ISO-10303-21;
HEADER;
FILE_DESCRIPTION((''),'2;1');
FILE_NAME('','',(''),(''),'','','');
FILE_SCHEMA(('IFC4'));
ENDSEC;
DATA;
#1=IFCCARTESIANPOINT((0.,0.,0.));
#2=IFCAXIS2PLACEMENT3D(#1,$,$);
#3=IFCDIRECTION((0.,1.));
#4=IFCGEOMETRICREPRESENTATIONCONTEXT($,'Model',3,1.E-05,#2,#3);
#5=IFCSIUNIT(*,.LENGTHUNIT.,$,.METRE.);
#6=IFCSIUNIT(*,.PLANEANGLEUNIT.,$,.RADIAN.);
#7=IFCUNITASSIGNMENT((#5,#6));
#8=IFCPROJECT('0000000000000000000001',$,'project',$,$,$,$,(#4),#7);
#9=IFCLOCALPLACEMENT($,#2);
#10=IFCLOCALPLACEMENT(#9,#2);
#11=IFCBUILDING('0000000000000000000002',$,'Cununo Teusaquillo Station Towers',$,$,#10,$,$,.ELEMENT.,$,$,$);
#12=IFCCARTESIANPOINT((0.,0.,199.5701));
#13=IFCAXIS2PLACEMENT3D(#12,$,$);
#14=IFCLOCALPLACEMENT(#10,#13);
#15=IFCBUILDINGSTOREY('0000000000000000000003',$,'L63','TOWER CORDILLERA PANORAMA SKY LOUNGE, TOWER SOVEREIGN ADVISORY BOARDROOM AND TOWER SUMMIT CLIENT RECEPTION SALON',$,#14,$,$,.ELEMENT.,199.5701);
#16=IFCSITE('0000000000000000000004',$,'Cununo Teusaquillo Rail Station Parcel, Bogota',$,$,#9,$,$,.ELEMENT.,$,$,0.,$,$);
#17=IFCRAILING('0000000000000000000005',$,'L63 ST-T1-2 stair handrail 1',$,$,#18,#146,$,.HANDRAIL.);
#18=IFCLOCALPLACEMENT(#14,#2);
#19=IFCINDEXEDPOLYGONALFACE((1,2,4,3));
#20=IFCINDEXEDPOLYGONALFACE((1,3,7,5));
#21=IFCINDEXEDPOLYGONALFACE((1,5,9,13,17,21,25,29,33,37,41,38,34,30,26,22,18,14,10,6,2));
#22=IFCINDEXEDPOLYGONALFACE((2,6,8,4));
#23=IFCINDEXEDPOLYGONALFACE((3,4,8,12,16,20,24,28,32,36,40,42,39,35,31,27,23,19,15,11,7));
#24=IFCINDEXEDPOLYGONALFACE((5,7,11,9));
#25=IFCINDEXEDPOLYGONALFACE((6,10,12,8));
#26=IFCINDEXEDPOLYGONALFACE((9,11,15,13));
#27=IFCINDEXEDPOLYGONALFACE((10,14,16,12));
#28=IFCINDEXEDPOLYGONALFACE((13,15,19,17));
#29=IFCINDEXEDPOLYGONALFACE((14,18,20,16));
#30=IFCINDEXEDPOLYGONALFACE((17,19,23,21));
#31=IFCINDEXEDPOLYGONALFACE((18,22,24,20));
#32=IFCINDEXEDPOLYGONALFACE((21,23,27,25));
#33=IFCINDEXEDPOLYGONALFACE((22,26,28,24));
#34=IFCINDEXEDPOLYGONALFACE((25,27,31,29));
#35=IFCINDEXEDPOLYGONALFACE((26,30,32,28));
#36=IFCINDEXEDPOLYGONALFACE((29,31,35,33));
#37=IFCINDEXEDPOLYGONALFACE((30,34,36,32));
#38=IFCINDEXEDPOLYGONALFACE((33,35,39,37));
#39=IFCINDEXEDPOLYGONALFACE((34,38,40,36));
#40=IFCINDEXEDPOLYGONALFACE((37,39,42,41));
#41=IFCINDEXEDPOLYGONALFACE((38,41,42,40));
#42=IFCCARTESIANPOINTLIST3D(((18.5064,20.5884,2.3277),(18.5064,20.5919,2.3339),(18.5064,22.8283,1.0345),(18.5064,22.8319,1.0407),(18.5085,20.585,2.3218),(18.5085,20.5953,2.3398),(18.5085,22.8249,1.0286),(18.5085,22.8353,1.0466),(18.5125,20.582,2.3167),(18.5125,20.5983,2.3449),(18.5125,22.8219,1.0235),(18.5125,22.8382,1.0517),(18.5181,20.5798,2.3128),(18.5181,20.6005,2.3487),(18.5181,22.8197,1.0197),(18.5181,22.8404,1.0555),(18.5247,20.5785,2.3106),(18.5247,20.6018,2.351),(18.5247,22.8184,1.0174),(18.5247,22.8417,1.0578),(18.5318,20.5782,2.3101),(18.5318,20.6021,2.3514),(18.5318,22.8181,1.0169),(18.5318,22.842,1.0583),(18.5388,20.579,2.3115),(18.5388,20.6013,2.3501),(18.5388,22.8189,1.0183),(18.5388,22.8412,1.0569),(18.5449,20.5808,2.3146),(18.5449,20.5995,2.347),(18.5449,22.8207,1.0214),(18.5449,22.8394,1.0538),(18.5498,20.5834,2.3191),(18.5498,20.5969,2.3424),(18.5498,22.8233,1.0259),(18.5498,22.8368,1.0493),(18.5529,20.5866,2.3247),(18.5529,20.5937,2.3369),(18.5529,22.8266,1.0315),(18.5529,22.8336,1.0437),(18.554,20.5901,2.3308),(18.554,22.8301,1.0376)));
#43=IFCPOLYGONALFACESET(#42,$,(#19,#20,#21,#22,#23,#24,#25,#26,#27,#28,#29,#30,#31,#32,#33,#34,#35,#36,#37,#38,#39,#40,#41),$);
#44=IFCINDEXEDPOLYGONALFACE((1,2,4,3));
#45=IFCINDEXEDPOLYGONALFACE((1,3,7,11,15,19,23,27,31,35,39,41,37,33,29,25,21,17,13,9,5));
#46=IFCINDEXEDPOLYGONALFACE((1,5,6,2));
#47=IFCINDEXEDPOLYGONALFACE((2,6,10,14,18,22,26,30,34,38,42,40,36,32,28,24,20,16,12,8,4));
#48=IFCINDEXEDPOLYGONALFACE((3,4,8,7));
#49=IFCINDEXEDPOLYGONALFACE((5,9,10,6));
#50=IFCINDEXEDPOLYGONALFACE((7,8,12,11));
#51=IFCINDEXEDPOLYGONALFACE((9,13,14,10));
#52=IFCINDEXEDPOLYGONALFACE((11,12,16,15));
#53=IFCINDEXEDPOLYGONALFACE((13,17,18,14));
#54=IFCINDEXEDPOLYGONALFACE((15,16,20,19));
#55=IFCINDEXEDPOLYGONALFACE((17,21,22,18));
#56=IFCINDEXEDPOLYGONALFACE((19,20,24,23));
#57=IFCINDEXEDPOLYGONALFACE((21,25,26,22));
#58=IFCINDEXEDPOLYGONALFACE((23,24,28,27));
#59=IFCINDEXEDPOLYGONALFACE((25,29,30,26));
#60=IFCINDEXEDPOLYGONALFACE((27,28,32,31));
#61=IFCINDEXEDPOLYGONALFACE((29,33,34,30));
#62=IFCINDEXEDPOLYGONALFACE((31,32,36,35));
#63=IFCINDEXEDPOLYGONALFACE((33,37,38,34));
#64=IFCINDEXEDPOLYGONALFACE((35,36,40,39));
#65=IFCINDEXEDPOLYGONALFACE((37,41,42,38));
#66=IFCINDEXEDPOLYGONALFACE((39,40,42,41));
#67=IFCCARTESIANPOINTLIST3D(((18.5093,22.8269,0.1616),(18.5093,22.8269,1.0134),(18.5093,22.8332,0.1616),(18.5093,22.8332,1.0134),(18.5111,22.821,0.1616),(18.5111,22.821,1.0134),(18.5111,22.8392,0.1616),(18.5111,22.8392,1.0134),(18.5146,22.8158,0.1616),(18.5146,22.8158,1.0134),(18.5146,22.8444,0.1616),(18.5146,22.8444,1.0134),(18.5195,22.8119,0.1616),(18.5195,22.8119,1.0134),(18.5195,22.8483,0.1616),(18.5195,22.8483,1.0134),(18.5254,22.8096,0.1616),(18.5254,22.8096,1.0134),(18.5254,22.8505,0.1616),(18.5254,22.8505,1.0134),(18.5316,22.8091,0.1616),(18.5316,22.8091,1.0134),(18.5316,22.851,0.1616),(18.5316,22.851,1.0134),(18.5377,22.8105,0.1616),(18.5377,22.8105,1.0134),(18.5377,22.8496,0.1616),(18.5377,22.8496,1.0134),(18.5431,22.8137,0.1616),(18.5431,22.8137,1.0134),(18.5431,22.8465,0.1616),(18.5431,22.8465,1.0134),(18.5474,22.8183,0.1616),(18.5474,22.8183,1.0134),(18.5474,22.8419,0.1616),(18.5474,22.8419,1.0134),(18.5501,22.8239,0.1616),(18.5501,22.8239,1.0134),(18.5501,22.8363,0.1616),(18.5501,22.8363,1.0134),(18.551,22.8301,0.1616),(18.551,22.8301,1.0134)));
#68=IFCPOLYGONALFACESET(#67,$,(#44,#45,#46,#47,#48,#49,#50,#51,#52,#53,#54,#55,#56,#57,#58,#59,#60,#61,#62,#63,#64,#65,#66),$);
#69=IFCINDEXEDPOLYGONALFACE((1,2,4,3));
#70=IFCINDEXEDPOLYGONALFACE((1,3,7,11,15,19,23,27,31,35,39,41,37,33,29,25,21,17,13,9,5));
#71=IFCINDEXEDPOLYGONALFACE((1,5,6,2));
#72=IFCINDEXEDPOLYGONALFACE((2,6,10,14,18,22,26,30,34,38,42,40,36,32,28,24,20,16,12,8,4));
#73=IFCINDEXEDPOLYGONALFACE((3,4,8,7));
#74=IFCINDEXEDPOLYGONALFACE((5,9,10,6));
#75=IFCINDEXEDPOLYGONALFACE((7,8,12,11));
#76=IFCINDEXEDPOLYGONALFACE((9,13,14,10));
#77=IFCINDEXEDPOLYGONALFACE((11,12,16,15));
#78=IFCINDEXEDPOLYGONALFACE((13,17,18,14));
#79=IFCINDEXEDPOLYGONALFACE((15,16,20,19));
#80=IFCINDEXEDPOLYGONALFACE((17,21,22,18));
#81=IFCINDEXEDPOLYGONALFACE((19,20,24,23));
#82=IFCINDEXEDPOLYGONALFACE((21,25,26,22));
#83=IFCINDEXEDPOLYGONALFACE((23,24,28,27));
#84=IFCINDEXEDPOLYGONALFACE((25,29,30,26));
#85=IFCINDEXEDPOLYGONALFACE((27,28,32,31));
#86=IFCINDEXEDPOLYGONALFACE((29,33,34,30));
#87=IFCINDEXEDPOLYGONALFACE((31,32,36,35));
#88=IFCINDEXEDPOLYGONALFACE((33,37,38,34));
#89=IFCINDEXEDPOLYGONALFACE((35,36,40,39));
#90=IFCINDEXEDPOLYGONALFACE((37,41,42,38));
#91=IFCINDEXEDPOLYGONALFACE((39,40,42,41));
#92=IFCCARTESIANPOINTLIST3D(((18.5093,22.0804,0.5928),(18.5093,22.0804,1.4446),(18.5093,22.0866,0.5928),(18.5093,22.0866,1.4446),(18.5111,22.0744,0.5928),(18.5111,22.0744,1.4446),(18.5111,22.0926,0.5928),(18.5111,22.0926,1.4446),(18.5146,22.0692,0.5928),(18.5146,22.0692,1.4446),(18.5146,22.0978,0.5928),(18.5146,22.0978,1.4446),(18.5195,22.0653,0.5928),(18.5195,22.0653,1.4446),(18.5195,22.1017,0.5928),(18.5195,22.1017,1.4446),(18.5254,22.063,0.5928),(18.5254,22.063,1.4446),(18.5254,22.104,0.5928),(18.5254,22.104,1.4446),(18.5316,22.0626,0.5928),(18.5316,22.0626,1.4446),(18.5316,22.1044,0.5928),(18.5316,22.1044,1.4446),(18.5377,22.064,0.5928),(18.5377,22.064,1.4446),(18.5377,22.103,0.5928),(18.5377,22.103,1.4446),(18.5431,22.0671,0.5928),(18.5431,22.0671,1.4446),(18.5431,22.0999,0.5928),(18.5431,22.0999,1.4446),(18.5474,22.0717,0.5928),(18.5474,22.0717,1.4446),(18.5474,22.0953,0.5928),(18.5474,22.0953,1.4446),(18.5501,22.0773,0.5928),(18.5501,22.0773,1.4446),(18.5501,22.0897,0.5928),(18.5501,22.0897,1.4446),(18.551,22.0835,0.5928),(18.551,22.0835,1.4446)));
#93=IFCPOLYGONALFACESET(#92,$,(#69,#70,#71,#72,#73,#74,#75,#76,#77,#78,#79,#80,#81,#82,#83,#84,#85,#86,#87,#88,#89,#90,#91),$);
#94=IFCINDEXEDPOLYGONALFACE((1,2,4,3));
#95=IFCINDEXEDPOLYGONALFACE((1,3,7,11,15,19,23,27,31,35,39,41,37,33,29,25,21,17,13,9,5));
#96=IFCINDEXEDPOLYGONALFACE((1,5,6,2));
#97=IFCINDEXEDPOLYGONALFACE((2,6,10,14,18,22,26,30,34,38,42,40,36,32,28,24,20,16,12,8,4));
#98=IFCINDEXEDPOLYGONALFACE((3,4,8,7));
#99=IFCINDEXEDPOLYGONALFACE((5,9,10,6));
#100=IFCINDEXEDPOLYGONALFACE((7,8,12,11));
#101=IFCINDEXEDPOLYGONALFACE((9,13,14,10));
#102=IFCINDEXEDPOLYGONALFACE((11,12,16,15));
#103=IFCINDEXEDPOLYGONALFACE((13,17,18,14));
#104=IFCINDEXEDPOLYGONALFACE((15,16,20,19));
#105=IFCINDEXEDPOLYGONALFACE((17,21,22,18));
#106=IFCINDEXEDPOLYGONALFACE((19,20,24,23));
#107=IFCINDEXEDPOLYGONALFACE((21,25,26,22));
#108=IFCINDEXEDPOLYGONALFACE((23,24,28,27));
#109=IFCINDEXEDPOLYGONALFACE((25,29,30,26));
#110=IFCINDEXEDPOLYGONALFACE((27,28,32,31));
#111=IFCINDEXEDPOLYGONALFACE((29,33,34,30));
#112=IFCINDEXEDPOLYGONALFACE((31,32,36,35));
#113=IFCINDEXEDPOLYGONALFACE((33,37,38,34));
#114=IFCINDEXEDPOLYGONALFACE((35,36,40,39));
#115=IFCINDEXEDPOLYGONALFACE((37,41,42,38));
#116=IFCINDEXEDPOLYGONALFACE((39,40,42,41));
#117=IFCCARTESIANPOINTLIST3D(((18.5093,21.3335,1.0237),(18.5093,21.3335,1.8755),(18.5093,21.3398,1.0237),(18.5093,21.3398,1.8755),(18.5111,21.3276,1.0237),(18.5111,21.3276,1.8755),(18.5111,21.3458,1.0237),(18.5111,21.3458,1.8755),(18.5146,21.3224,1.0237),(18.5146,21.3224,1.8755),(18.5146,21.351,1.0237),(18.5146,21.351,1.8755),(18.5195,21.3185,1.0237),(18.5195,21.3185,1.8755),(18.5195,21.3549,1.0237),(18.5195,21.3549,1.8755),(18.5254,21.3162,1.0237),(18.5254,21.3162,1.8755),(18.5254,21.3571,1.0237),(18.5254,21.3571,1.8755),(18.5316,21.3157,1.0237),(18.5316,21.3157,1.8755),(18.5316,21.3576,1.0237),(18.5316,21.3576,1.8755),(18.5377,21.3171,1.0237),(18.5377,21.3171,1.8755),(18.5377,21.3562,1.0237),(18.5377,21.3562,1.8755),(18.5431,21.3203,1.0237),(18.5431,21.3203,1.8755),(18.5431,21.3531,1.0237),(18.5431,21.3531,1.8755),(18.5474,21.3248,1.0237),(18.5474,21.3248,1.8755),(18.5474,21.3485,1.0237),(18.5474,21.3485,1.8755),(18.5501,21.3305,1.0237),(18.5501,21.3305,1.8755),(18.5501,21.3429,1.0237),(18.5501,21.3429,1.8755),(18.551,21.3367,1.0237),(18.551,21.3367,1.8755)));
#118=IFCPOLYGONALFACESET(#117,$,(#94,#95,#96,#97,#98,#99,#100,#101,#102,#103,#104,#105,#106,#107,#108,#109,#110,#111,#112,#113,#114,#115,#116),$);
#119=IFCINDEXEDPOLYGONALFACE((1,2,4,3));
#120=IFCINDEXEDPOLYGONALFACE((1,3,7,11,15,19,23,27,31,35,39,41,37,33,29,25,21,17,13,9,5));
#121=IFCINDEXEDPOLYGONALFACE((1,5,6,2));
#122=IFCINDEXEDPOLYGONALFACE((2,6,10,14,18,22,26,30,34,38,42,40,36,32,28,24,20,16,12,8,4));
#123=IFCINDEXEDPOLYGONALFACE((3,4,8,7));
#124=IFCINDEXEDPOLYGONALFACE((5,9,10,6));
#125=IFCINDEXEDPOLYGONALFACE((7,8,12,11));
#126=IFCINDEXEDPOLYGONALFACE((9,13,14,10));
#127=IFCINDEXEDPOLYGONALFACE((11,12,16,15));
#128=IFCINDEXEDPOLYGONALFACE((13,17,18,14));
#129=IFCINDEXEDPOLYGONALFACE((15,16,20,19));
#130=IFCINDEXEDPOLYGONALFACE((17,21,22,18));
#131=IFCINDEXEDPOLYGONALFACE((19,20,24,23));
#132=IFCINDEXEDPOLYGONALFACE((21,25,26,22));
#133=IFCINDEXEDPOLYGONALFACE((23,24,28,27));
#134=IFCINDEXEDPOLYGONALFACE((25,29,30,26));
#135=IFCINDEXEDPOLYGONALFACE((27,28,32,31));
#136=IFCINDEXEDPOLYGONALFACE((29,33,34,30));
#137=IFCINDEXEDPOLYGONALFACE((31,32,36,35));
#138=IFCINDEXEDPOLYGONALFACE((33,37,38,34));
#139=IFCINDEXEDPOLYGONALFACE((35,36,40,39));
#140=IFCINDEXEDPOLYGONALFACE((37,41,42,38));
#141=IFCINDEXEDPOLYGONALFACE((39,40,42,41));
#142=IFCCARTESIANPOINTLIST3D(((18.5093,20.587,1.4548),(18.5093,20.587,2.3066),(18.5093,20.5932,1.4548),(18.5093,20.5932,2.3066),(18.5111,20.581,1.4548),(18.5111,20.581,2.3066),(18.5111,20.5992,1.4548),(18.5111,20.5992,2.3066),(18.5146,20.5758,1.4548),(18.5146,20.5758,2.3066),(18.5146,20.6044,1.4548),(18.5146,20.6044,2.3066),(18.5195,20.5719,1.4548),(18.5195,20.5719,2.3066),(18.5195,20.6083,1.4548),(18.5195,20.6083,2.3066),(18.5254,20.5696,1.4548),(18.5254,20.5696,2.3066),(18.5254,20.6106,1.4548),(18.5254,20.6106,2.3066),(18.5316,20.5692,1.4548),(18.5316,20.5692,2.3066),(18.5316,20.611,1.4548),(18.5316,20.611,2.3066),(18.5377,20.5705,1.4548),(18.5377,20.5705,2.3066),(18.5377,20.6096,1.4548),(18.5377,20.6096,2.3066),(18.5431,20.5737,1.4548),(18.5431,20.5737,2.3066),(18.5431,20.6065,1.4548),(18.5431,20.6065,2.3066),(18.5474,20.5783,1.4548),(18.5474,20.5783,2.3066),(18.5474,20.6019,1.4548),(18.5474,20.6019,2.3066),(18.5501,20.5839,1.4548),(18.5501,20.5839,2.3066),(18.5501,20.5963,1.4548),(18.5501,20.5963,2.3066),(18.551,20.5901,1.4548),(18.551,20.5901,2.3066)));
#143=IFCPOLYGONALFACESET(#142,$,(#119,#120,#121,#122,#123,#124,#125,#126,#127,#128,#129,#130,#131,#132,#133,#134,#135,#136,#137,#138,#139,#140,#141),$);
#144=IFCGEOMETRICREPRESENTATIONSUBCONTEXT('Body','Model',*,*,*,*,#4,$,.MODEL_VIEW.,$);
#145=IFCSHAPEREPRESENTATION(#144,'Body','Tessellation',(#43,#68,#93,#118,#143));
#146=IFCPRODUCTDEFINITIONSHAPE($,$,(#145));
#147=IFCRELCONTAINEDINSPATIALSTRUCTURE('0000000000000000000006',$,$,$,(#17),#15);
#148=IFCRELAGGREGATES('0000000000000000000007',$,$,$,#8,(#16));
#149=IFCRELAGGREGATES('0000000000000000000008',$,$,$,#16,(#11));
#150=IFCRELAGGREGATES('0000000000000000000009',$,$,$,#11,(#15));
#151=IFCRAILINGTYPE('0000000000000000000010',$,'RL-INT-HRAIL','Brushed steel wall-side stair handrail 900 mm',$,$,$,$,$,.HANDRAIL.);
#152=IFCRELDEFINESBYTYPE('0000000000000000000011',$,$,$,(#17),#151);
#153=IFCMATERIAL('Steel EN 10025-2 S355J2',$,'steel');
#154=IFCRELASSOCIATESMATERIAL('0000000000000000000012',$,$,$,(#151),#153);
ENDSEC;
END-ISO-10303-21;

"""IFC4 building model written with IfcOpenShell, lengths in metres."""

from ifc_helpers import new_model, si_unit, direction, frame, origin, origin_2d, place, context, subcontext, project, spatial, circle, extrude, material, type_object, element, save


model = new_model("IFC4")

# Units and contexts
model_context = context("Model", 3, precision=1e-05, world=origin(), true_north=direction((0.0, 1.0)))
body_context = subcontext(model_context, "Body", "Model", "MODEL_VIEW")
ifc_project = project(units=[si_unit("LENGTHUNIT", "METRE"), si_unit("PLANEANGLEUNIT", "RADIAN")], contexts=[model_context])

# Site, building, storey
site_placement = place(None, origin())
site = spatial("IfcSite", under=ifc_project, at=site_placement, Name="Cununo Teusaquillo Rail Station Parcel, Bogota", CompositionType="ELEMENT", RefElevation=0.0)
building_placement = place(site_placement, origin())
building = spatial("IfcBuilding", under=site, at=building_placement, Name="Cununo Teusaquillo Station Towers", CompositionType="ELEMENT")
storey_placement = place(building_placement, frame((0.0, 0.0, 199.5701)))
storey = spatial("IfcBuildingStorey", under=building, at=storey_placement, Name="L63", Description="TOWER CORDILLERA PANORAMA SKY LOUNGE, TOWER SOVEREIGN ADVISORY BOARDROOM AND TOWER SUMMIT CLIENT RECEPTION SALON", CompositionType="ELEMENT", Elevation=199.5701)

# Railing
ifc_material_1 = material(Name="Steel EN 10025-2 S355J2", Category="steel")
railing_type_1 = type_object("IfcRailingType", Name="RL-INT-HRAIL", Description="Brushed steel wall-side stair handrail 900 mm", PredefinedType="HANDRAIL", material=ifc_material_1)
railing_1_placement = place(storey_placement, frame((18.53, 22.8301, 0.1616)))
element("IfcRailing", 1, at=railing_1_placement, inside=storey, type_object=railing_type_1, Name="L63 ST-T1-2 stair handrail 1", PredefinedType="HANDRAIL", context=body_context, shape_type="SweptSolid", body=[
    extrude(circle(Radius=0.0239, at=origin_2d()), frame((0.0, 0.0, 0.876), z_axis=(0.0, -0.866033, 0.499987), x_axis=(1.0, 0.0, 0.0)), (0.0, 0.0, 1.0), 2.5864),
    extrude(circle(Radius=0.021, at=origin_2d()), origin(), (0.0, 0.0, 1.0), 0.8518),
    extrude(circle(Radius=0.021, at=origin_2d()), frame((0.0, -0.7466, 0.4312)), (0.0, 0.0, 1.0), 0.8518),
    extrude(circle(Radius=0.021, at=origin_2d()), frame((0.0, -1.4934, 0.8621)), (0.0, 0.0, 1.0), 0.8518),
    extrude(circle(Radius=0.021, at=origin_2d()), frame((0.0, -2.24, 1.2932)), (0.0, 0.0, 1.0), 0.8518),
])

save(model, "model.ifc")
